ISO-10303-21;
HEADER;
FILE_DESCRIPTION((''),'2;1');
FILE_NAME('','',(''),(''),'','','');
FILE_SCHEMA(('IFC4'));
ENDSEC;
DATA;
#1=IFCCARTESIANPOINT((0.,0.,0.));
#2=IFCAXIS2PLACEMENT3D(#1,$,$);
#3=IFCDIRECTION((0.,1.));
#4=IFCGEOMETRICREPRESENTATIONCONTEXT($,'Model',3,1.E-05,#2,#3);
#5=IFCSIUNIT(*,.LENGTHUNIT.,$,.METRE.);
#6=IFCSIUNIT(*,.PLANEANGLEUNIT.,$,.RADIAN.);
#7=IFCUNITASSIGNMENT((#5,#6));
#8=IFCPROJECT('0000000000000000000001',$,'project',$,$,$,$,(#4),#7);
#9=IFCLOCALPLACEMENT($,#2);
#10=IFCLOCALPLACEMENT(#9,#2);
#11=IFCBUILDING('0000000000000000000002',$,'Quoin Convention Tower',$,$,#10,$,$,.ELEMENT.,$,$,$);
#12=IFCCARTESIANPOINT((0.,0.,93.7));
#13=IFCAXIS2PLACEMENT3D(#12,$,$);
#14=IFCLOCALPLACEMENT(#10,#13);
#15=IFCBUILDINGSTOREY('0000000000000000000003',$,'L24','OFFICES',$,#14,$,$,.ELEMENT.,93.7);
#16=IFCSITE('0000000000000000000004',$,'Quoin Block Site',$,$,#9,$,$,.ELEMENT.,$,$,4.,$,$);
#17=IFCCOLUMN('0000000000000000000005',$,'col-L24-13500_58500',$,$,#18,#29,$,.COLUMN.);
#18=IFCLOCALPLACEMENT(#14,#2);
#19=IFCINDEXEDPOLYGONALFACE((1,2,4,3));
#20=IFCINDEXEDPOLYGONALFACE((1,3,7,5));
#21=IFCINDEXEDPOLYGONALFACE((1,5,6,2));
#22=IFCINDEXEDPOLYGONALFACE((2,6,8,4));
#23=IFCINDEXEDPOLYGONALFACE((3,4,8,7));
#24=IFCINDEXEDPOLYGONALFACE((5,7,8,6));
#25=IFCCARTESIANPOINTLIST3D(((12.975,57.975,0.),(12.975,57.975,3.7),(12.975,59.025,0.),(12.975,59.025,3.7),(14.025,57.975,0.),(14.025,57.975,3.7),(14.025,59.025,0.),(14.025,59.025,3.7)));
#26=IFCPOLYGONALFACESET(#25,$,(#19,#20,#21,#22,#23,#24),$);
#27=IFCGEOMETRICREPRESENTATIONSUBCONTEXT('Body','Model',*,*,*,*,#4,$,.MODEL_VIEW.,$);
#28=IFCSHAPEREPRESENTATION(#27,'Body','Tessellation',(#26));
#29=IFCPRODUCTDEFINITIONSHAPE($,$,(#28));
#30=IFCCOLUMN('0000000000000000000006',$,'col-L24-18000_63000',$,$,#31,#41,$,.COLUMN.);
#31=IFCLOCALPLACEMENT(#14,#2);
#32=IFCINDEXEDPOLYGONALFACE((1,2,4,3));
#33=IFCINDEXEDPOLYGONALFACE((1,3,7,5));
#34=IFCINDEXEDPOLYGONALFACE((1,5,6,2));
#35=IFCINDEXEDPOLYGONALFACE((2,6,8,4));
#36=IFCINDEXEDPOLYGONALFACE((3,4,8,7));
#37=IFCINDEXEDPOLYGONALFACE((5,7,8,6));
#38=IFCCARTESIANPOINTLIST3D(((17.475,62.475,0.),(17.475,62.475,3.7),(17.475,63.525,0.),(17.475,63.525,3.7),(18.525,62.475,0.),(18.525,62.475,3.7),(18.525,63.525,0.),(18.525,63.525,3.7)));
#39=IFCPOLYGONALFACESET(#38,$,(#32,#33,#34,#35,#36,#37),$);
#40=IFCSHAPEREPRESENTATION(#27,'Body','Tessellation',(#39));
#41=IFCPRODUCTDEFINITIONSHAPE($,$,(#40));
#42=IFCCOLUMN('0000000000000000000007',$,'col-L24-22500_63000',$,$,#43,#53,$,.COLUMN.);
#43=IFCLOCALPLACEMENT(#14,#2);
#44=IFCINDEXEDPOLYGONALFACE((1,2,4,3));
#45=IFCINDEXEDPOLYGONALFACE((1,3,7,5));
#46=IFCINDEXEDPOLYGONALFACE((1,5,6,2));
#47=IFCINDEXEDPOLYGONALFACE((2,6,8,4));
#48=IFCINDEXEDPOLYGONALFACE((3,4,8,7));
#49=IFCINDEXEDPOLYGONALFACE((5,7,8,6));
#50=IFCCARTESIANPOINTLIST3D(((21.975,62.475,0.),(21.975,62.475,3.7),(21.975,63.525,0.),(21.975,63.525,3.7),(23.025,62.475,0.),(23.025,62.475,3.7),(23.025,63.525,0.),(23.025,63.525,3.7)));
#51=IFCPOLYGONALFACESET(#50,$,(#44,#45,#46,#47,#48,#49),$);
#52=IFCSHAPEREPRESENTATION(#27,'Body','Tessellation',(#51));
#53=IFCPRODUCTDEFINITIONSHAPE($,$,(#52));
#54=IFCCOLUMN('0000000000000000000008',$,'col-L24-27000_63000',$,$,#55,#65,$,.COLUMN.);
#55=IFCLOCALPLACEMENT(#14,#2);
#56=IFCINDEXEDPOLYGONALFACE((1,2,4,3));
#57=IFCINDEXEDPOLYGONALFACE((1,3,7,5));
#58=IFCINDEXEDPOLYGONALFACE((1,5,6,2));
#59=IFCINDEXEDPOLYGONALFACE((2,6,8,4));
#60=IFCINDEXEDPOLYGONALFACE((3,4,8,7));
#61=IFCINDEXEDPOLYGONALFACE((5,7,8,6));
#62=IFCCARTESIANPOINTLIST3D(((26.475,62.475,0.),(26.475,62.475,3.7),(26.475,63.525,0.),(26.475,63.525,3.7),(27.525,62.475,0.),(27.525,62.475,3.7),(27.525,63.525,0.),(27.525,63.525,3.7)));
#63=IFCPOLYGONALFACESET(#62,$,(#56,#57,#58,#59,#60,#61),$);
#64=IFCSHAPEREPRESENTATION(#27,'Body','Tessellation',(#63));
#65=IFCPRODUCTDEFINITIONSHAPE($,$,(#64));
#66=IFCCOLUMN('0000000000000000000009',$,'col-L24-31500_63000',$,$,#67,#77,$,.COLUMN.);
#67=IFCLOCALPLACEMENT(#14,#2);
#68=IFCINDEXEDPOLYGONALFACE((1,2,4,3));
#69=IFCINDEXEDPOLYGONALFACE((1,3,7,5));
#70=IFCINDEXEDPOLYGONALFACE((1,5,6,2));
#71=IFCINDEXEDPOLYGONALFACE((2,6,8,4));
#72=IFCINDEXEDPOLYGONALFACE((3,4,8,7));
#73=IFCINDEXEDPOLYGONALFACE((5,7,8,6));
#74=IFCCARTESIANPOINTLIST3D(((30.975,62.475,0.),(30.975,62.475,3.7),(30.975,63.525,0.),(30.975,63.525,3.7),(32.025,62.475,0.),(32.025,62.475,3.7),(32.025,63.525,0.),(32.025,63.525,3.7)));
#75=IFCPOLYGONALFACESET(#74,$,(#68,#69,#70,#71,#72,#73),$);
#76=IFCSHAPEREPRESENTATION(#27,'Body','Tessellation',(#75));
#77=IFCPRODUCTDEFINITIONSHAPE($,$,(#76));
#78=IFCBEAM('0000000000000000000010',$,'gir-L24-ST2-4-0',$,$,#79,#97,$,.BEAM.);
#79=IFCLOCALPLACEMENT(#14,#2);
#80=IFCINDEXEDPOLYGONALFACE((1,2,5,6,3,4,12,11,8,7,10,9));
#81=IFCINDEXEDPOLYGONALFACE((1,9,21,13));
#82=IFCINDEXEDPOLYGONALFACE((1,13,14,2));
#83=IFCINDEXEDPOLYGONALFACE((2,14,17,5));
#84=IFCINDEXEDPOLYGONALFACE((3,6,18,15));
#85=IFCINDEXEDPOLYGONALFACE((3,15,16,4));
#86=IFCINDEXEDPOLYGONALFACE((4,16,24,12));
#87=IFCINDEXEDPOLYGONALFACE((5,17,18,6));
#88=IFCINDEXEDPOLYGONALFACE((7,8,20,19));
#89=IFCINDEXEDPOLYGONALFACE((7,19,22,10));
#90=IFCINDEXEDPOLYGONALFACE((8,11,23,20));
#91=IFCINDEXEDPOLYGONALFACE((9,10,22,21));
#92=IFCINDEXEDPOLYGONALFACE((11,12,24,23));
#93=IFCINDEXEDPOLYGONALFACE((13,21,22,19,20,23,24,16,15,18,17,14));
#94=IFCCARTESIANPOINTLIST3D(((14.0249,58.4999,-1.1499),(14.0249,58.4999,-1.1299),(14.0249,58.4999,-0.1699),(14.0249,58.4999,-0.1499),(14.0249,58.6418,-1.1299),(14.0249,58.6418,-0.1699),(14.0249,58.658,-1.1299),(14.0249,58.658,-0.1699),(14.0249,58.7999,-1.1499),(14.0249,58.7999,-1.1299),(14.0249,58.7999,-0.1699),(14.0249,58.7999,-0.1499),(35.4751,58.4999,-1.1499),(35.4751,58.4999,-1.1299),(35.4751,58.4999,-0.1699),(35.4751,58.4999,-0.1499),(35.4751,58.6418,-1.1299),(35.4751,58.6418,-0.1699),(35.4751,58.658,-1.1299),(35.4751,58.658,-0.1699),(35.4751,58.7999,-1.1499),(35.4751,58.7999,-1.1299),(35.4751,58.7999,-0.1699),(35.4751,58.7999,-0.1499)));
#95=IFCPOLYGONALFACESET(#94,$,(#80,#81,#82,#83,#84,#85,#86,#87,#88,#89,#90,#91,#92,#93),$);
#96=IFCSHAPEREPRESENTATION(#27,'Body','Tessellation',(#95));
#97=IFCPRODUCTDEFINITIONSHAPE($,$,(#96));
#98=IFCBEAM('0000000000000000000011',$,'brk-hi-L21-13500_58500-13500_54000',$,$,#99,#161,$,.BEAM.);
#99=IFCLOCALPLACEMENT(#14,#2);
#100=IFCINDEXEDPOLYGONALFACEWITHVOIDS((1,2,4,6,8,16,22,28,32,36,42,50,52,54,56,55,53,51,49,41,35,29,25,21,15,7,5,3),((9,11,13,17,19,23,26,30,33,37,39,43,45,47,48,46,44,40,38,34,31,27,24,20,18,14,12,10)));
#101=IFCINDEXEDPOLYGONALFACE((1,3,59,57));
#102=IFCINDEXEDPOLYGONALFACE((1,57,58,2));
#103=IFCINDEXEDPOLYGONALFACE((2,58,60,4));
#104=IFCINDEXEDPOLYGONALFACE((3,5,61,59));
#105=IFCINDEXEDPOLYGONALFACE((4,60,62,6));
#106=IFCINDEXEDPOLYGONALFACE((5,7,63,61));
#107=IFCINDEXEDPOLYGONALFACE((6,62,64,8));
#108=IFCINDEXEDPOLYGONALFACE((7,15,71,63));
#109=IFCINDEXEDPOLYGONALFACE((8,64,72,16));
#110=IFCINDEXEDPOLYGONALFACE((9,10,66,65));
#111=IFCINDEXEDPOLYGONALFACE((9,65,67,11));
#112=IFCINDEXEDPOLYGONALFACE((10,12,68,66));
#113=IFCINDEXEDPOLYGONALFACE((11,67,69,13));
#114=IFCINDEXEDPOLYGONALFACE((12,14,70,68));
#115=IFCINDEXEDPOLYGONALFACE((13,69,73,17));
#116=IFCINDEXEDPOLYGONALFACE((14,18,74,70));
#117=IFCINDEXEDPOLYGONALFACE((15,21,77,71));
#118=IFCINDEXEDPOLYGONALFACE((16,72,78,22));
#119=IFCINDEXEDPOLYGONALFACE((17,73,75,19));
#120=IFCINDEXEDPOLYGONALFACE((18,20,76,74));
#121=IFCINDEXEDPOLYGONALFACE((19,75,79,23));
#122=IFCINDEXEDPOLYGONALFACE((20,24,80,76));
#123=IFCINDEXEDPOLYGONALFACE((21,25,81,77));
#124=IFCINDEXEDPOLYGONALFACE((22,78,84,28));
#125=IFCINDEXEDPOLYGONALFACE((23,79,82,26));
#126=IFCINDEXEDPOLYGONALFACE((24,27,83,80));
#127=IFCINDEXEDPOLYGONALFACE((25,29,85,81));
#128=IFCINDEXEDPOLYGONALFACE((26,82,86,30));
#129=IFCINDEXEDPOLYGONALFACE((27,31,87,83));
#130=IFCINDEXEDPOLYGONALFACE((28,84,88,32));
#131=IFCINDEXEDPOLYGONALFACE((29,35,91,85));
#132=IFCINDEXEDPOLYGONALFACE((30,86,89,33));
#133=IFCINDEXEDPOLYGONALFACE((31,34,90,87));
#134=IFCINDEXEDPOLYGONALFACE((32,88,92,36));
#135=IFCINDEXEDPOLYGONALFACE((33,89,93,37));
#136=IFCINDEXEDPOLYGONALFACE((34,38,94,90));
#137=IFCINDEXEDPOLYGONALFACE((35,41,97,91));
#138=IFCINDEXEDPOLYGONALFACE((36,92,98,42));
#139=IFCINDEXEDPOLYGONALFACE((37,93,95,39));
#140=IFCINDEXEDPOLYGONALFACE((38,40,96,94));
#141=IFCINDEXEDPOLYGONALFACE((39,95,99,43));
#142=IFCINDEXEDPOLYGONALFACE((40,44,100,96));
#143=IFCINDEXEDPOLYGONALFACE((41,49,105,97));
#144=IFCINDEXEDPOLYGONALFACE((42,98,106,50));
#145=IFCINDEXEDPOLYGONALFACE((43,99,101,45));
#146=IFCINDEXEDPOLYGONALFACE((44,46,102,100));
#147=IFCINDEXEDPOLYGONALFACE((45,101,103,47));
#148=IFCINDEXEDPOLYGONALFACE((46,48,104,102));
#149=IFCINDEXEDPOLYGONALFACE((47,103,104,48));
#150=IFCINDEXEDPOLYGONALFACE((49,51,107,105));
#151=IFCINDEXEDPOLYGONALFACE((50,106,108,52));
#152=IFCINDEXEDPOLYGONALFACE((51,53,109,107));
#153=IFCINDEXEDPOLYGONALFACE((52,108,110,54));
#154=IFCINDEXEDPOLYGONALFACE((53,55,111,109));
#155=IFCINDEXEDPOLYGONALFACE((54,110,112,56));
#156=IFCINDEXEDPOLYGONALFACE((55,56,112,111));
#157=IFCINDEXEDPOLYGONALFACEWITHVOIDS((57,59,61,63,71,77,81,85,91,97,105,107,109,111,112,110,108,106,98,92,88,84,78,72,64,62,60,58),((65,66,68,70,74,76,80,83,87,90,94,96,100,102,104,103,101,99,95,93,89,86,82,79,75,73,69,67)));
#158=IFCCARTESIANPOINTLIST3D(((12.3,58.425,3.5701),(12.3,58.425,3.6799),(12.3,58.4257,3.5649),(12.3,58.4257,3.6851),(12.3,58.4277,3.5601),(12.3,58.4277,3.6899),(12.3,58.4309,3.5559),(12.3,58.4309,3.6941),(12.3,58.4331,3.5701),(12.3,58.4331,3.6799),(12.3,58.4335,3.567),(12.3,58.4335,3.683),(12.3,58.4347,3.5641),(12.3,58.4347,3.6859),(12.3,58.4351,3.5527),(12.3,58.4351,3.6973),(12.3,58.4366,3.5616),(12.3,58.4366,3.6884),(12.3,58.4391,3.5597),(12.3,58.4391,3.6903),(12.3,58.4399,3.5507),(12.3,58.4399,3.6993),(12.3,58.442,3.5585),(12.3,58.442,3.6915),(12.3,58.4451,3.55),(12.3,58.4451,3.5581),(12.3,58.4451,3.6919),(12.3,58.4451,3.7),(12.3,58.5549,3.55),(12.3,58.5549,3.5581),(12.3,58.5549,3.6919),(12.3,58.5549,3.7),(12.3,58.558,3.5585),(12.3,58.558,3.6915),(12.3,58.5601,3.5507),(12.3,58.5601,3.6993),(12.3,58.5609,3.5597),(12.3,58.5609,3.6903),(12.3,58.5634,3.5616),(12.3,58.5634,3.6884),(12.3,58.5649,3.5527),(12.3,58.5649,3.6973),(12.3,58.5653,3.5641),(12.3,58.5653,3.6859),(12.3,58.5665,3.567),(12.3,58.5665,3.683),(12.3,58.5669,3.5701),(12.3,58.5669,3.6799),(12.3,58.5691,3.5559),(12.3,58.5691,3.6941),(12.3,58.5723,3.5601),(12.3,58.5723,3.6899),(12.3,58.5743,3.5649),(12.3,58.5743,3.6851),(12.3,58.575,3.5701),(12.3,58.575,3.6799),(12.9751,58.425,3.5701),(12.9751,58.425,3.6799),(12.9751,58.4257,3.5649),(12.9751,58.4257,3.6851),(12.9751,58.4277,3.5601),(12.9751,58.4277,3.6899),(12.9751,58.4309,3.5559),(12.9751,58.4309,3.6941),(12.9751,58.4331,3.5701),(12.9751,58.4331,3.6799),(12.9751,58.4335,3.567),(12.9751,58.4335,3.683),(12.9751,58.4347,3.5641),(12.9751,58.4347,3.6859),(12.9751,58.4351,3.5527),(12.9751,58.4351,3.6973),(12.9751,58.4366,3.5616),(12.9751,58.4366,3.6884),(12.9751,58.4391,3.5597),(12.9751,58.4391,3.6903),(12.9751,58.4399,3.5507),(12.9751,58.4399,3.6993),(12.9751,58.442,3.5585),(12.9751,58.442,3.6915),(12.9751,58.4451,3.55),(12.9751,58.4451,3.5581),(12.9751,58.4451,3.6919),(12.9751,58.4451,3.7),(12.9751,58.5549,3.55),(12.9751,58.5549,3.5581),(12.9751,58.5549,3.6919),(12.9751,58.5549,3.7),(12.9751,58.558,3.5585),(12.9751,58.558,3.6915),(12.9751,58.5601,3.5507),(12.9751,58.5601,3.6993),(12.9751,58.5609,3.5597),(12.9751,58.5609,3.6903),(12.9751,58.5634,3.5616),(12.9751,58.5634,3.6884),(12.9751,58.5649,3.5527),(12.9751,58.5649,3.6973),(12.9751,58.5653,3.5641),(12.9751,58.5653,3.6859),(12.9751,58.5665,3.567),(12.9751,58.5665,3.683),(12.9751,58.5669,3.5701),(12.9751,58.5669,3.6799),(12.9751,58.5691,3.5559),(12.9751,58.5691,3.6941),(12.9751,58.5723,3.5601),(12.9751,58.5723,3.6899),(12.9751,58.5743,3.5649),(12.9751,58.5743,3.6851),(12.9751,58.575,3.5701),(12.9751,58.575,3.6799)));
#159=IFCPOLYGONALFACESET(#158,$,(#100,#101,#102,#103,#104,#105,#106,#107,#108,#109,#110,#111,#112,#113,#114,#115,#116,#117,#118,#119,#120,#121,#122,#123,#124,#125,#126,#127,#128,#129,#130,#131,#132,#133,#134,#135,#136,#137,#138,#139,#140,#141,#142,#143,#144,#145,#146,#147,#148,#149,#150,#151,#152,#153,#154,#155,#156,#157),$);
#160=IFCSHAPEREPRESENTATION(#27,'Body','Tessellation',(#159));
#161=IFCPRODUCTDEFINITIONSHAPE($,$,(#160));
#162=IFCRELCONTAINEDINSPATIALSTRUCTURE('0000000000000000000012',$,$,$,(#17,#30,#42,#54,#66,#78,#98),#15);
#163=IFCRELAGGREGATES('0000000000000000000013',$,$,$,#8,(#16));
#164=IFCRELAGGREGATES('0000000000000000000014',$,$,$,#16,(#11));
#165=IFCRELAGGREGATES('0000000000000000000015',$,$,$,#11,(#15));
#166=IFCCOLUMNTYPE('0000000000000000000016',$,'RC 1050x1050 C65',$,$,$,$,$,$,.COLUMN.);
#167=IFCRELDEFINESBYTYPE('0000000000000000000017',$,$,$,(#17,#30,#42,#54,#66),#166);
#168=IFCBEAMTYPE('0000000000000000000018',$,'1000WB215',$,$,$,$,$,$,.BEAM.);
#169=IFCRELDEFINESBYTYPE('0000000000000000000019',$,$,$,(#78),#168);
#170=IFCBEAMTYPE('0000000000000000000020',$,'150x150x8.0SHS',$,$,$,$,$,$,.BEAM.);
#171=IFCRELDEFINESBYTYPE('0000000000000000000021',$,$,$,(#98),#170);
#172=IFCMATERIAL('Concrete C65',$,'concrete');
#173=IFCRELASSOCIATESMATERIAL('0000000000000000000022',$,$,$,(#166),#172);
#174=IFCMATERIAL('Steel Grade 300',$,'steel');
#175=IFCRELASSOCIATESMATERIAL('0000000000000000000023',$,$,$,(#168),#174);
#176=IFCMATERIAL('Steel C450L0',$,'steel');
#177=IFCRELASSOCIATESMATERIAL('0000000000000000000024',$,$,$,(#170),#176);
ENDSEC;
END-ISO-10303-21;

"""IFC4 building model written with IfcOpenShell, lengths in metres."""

from ifc_helpers import new_model, si_unit, direction, frame, origin, origin_2d, place, context, subcontext, project, spatial, rectangle, hollow_rectangle, i_section, extrude, material, material_profile, profile_set, type_object, element, save


model = new_model("IFC4")

# Units and contexts
model_context = context("Model", 3, precision=1e-05, world=origin(), true_north=direction((0.0, 1.0)))
body_context = subcontext(model_context, "Body", "Model", "MODEL_VIEW")
ifc_project = project(units=[si_unit("LENGTHUNIT", "METRE"), si_unit("PLANEANGLEUNIT", "RADIAN")], contexts=[model_context])

# Site, building, storey
site_placement = place(None, origin())
site = spatial("IfcSite", under=ifc_project, at=site_placement, Name="Quoin Block Site", CompositionType="ELEMENT", RefElevation=4.0)
building_placement = place(site_placement, origin())
building = spatial("IfcBuilding", under=site, at=building_placement, Name="Quoin Convention Tower", CompositionType="ELEMENT")
storey_placement = place(building_placement, frame((0.0, 0.0, 93.7)))
storey = spatial("IfcBuildingStorey", under=building, at=storey_placement, Name="L24", Description="OFFICES", CompositionType="ELEMENT", Elevation=93.7)

# Columns
ifc_material_1 = material(Name="Concrete C65", Category="concrete")
ifc_material_profile_1 = material_profile(ifc_material_1, rectangle(XDim=1.05, YDim=1.05, at=origin_2d()), Name="RC 1050x1050")
ifc_profile_set_1 = profile_set([ifc_material_profile_1], Name="Concrete C65")
column_type = type_object("IfcColumnType", Name="RC 1050x1050 C65", PredefinedType="COLUMN", material=ifc_profile_set_1)
for number, where, z_axis, x_axis, name in (
    (1, (13.5, 58.5, 0.0), (0.0, 0.0, 1.0), (1.0, 0.0, 0.0), "col-L24-13500_58500"),
    (2, (18.0, 63.0, 0.0), (0.0, 0.0, 1.0), (1.0, 0.0, 0.0), "col-L24-18000_63000"),
    (3, (22.5, 63.0, 0.0), (0.0, 0.0, 1.0), (1.0, 0.0, 0.0), "col-L24-22500_63000"),
    (4, (27.0, 63.0, 0.0), (0.0, 0.0, 1.0), (1.0, 0.0, 0.0), "col-L24-27000_63000"),
    (5, (31.5, 63.0, 0.0), (0.0, 0.0, 1.0), (1.0, 0.0, 0.0), "col-L24-31500_63000"),
):
    element("IfcColumn", number, at=place(storey_placement, frame(where, z_axis=z_axis, x_axis=x_axis)), inside=storey, type_object=column_type, Name=name, PredefinedType="COLUMN", context=body_context, shape_type="SweptSolid", body=[
        extrude(rectangle(XDim=1.05, YDim=1.05, at=origin_2d()), origin(), (0.0, 0.0, 1.0), 3.7),
    ])

# Beams
ifc_material_2 = material(Name="Steel Grade 300", Category="steel")
ifc_material_profile_2 = material_profile(ifc_material_2, i_section(OverallWidth=0.3, OverallDepth=1.0, WebThickness=0.0161, FlangeThickness=0.02, at=origin_2d()), Name="1000WB215")
ifc_profile_set_2 = profile_set([ifc_material_profile_2], Name="Steel Grade 300")
beam_type_1 = type_object("IfcBeamType", Name="1000WB215", PredefinedType="BEAM", material=ifc_profile_set_2)
beam_1_placement = place(storey_placement, frame((14.0249, 58.6499, -0.6499), z_axis=(1.0, 0.0, 0.0), x_axis=(0.0, 1.0, 0.0)))
element("IfcBeam", 6, at=beam_1_placement, inside=storey, type_object=beam_type_1, Name="gir-L24-ST2-4-0", PredefinedType="BEAM", context=body_context, shape_type="SweptSolid", body=[
    extrude(i_section(OverallWidth=0.3, OverallDepth=1.0, WebThickness=0.0161, FlangeThickness=0.02, at=origin_2d()), origin(), (0.0, 0.0, 1.0), 21.4502),
])
ifc_material_3 = material(Name="Steel C450L0", Category="steel")
ifc_material_profile_3 = material_profile(ifc_material_3, hollow_rectangle(XDim=0.1499, YDim=0.1499, WallThickness=0.0081, InnerFilletRadius=0.012, OuterFilletRadius=0.02, at=origin_2d()), Name="150x150x8.0SHS")
ifc_profile_set_3 = profile_set([ifc_material_profile_3], Name="Steel C450L0")
beam_type_2 = type_object("IfcBeamType", Name="150x150x8.0SHS", PredefinedType="BEAM", material=ifc_profile_set_3)
for number, where, z_axis, x_axis, name in (
    (7, (12.9751, 58.5, 3.625), (-1.0, 0.0, 0.0), (0.0, -1.0, 0.0), "brk-hi-L21-13500_58500-13500_54000"),
):
    element("IfcBeam", number, at=place(storey_placement, frame(where, z_axis=z_axis, x_axis=x_axis)), inside=storey, type_object=beam_type_2, Name=name, PredefinedType="BEAM", context=body_context, shape_type="SweptSolid", body=[
        extrude(hollow_rectangle(XDim=0.1499, YDim=0.1499, WallThickness=0.0081, InnerFilletRadius=0.012, OuterFilletRadius=0.02, at=origin_2d()), origin(), (0.0, 0.0, 1.0), 0.675),
    ])

save(model, "model.ifc")
